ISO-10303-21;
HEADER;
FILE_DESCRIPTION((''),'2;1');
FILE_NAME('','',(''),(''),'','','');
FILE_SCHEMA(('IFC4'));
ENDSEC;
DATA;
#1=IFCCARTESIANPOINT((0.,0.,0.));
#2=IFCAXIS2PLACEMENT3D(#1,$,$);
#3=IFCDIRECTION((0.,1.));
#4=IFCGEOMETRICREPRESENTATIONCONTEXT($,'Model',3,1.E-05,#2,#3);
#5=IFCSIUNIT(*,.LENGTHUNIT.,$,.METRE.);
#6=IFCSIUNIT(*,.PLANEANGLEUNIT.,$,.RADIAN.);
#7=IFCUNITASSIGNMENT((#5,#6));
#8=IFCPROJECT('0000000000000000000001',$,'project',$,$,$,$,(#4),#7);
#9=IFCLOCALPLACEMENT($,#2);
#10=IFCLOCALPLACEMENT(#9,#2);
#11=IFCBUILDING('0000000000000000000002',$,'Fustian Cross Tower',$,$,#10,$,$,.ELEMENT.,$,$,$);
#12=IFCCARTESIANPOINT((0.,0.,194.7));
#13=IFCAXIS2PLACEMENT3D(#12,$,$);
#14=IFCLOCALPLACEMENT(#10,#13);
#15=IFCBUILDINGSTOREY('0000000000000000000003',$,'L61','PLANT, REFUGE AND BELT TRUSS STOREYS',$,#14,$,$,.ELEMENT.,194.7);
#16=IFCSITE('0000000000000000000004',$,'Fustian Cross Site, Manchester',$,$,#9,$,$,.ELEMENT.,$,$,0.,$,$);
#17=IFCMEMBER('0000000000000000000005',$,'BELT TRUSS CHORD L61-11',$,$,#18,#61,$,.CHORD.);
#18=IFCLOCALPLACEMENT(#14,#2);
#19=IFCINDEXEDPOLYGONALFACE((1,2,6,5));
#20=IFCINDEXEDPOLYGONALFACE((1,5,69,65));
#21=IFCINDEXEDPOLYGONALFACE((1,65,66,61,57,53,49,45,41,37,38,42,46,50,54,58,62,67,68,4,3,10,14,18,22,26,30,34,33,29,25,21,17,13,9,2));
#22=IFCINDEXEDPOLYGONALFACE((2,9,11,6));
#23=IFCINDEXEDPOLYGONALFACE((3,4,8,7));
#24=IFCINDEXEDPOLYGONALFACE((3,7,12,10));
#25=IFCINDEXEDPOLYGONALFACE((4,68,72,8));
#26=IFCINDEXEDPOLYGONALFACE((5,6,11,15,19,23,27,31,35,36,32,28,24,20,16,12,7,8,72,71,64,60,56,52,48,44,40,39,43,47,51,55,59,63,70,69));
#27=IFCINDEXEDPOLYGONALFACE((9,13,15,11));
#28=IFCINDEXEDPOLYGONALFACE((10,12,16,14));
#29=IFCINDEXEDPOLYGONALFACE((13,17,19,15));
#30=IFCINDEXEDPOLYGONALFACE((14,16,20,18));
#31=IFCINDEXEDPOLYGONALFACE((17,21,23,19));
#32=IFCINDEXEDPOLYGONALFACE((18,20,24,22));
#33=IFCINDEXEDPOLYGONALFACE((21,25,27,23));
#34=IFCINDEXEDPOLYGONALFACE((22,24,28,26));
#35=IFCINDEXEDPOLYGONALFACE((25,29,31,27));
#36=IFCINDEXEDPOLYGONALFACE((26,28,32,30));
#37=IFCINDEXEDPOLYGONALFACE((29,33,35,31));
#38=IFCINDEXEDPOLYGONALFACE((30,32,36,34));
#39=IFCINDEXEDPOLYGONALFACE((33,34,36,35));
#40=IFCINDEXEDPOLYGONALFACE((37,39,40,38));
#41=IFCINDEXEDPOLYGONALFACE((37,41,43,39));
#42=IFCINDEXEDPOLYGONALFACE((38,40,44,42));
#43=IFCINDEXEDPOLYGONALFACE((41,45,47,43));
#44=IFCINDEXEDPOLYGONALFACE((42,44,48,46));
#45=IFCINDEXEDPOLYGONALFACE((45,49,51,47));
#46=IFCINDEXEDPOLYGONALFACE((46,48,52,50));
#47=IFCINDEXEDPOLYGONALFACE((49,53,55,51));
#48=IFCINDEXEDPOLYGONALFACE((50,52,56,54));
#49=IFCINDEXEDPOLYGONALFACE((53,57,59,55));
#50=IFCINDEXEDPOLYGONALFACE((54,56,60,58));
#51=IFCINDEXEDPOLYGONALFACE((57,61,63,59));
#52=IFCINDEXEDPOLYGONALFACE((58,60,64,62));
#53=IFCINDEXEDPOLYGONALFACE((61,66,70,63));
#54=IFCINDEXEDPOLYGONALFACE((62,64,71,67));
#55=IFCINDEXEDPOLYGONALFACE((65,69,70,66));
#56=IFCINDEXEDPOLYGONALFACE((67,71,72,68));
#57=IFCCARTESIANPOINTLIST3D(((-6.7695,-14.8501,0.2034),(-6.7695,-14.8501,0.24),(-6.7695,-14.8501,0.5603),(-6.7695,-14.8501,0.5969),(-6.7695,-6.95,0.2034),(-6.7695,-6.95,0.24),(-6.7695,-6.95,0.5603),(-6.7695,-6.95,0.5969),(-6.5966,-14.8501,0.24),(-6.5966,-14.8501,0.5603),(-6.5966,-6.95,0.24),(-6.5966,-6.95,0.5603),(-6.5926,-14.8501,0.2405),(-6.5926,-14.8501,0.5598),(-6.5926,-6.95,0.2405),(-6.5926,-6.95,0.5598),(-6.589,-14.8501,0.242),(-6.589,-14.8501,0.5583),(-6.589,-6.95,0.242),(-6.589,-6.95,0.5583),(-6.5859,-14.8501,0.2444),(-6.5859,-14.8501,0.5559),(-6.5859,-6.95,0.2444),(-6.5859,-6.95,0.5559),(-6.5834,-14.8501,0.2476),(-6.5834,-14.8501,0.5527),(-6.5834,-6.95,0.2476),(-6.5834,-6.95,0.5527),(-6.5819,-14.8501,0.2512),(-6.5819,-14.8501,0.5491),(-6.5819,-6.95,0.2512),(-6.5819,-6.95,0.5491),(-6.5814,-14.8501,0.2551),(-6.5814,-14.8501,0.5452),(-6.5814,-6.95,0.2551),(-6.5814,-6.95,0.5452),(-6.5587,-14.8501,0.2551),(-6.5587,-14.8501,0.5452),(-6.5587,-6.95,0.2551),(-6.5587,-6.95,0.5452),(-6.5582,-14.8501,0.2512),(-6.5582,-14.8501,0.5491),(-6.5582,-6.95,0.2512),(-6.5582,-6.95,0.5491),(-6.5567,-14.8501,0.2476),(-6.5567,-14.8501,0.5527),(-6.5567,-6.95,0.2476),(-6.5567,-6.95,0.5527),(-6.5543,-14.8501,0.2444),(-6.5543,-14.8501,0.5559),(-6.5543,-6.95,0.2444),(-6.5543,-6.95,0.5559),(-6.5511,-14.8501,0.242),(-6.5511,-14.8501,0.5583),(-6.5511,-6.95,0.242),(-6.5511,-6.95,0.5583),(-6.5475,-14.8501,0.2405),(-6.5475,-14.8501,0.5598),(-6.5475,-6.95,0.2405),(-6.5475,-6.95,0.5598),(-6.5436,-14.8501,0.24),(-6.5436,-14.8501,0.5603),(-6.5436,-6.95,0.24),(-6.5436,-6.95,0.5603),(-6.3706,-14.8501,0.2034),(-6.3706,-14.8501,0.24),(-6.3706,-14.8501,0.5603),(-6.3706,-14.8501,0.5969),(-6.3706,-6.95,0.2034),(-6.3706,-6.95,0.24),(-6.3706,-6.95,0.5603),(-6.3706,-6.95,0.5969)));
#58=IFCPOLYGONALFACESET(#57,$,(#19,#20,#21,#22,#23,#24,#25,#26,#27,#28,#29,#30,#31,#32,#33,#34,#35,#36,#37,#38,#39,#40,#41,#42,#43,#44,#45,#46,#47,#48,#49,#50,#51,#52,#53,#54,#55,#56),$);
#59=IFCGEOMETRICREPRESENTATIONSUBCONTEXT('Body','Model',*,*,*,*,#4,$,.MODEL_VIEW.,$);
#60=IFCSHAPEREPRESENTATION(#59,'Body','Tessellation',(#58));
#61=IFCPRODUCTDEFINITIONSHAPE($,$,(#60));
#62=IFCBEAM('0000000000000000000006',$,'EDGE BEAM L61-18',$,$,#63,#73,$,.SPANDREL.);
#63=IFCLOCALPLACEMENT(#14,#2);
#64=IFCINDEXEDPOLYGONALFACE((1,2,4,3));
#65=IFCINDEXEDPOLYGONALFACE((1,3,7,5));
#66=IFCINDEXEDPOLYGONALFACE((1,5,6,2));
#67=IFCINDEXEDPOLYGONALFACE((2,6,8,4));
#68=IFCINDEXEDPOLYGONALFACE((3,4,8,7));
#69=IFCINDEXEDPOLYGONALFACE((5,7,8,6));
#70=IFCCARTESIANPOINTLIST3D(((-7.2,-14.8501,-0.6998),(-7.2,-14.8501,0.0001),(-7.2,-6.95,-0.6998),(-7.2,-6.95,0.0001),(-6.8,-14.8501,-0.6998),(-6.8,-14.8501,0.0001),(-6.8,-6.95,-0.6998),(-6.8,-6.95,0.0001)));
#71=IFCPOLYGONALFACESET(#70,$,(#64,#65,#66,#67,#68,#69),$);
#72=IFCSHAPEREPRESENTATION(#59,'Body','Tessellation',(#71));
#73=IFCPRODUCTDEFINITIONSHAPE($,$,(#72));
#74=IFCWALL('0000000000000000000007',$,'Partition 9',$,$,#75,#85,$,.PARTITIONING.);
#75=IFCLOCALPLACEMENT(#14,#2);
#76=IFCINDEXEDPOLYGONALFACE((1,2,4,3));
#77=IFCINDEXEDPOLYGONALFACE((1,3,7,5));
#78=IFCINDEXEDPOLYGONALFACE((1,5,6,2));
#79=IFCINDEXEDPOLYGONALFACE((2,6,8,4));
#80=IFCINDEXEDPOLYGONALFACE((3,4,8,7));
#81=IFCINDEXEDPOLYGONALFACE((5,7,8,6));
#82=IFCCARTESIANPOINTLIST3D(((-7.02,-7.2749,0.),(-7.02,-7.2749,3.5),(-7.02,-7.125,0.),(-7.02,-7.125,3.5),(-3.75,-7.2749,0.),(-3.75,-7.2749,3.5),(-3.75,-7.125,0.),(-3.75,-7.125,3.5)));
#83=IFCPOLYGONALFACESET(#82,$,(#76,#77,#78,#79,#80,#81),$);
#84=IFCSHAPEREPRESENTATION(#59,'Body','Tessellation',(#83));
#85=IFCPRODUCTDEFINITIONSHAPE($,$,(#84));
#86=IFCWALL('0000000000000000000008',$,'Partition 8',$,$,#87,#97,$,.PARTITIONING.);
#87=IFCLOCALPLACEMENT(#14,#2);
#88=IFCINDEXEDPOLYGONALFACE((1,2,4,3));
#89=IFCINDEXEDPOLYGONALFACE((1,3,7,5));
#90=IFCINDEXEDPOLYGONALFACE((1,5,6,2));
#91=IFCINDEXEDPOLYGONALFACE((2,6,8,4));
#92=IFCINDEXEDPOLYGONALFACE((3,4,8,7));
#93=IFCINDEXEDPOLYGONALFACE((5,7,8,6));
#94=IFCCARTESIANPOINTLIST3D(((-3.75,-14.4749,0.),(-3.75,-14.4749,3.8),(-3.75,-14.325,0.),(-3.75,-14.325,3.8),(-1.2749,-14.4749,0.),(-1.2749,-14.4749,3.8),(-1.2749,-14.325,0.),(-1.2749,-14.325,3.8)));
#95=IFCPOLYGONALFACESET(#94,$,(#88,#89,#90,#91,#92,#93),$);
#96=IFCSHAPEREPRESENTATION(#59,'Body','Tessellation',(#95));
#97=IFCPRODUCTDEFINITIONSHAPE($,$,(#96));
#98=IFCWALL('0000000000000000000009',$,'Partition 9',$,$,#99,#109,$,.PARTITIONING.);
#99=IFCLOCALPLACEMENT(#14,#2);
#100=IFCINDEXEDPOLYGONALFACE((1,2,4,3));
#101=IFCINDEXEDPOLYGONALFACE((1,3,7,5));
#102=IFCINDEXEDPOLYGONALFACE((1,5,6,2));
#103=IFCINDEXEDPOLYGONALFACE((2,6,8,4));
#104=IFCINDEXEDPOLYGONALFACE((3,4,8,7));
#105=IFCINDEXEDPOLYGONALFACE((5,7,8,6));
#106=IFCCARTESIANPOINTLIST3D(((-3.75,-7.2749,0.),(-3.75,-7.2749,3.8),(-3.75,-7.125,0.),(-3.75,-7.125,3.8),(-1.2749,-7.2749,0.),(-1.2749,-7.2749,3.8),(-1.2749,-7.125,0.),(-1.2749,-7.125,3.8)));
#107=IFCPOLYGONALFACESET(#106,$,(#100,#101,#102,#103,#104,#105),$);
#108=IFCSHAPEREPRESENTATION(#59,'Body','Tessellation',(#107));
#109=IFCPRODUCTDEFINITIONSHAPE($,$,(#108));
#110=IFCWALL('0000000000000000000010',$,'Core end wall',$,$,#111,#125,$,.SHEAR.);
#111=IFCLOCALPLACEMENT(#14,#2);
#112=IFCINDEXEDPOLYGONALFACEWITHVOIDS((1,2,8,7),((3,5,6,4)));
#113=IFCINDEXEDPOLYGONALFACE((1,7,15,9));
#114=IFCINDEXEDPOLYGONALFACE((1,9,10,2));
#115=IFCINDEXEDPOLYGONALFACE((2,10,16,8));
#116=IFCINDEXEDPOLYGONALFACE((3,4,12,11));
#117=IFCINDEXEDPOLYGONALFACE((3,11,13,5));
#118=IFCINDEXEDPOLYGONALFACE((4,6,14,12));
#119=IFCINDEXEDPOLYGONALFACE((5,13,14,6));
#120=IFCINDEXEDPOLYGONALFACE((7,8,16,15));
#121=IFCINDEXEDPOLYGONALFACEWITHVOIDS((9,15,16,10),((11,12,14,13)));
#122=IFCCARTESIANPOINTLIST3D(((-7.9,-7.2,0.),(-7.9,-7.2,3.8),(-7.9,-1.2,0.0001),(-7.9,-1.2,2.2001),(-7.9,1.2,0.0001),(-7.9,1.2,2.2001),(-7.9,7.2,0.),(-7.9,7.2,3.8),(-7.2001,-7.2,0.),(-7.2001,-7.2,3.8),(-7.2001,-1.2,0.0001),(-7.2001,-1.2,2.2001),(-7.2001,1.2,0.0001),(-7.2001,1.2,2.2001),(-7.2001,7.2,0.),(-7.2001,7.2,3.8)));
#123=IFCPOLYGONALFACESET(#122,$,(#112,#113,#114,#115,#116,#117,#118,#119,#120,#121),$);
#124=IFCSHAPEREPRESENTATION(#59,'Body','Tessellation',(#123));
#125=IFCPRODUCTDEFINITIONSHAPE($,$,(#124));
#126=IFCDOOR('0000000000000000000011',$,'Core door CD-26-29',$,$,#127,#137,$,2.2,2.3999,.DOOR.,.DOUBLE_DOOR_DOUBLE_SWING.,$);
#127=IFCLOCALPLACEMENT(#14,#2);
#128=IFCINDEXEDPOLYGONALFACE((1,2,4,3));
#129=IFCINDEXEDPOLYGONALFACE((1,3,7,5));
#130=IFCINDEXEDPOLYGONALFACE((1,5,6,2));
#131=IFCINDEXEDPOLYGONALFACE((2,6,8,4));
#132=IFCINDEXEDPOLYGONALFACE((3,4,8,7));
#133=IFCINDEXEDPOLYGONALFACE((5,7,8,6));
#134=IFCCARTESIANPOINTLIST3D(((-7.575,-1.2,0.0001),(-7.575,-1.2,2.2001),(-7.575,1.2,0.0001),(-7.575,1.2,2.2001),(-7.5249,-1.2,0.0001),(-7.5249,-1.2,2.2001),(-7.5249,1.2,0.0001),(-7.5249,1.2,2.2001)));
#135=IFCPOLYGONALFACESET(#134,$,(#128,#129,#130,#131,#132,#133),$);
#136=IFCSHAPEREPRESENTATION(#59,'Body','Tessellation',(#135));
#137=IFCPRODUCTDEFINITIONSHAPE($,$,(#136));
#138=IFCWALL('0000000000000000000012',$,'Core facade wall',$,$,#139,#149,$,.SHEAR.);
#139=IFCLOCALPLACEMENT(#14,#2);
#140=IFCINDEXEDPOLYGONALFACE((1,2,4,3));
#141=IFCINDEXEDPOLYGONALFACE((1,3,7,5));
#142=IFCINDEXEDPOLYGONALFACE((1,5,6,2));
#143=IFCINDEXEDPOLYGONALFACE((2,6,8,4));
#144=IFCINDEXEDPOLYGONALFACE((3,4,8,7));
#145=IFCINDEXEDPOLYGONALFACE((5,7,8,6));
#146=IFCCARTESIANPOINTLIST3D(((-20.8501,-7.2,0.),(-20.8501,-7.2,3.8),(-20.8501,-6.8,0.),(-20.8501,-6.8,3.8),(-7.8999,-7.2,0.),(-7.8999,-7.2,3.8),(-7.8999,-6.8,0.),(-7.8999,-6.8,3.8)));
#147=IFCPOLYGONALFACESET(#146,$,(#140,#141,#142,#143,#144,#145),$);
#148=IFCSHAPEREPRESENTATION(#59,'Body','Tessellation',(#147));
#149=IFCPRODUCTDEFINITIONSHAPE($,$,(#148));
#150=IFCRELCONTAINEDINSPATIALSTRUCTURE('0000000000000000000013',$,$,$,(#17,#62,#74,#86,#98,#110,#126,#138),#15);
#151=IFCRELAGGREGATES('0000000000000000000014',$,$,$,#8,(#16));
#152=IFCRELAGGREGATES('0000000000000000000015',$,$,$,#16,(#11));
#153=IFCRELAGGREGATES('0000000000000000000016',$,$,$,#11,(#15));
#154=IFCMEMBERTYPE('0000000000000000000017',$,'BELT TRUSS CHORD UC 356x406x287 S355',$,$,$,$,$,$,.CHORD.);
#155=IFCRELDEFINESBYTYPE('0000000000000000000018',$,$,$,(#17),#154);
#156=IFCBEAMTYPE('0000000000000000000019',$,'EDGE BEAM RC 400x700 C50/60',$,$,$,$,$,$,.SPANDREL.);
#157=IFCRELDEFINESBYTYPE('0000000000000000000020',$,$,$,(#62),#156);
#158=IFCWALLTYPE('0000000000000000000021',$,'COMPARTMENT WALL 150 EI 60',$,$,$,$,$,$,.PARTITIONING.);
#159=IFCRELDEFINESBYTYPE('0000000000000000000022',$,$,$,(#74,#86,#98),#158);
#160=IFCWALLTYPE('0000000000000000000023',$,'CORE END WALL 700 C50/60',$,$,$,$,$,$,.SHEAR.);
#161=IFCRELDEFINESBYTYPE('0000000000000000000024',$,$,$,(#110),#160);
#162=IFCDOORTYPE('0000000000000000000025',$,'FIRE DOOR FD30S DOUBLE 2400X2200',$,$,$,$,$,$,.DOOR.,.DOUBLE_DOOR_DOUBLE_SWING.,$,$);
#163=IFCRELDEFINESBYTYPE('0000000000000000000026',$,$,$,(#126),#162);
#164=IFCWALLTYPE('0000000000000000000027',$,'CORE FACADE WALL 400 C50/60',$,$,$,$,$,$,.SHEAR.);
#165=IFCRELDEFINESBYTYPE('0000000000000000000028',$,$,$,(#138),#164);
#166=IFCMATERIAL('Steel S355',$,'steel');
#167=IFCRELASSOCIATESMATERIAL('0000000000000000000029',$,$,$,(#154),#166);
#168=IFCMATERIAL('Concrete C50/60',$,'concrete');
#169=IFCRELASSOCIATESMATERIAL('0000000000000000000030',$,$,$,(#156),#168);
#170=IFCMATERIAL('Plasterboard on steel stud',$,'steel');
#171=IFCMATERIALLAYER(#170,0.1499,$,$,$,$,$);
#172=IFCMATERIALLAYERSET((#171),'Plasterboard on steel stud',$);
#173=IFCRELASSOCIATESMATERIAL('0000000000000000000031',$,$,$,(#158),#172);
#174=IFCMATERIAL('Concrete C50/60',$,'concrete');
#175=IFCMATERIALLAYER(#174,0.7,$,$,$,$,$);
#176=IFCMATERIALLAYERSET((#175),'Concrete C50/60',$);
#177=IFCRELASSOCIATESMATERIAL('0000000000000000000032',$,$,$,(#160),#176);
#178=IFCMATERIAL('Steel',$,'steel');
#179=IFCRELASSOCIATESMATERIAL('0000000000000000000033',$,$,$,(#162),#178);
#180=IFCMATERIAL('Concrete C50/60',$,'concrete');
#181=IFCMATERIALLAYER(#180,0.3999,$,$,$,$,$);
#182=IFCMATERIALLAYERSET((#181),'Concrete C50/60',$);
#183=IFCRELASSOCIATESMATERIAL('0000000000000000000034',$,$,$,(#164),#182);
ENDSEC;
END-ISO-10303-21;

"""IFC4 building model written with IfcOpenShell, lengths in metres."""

from ifc_helpers import new_model, si_unit, direction, frame, frame_2d, origin, origin_2d, place, context, subcontext, project, spatial, rectangle, i_section, extrude, material, layer, layer_set, material_profile, profile_set, type_object, element, fill, save


model = new_model("IFC4")

# Units and contexts
model_context = context("Model", 3, precision=1e-05, world=origin(), true_north=direction((0.0, 1.0)))
body_context = subcontext(model_context, "Body", "Model", "MODEL_VIEW")
ifc_project = project(units=[si_unit("LENGTHUNIT", "METRE"), si_unit("PLANEANGLEUNIT", "RADIAN")], contexts=[model_context])

# Site, building, storey
site_placement = place(None, origin())
site = spatial("IfcSite", under=ifc_project, at=site_placement, Name="Fustian Cross Site, Manchester", CompositionType="ELEMENT", RefElevation=0.0)
building_placement = place(site_placement, origin())
building = spatial("IfcBuilding", under=site, at=building_placement, Name="Fustian Cross Tower", CompositionType="ELEMENT")
storey_placement = place(building_placement, frame((0.0, 0.0, 194.7)))
storey = spatial("IfcBuildingStorey", under=building, at=storey_placement, Name="L61", Description="PLANT, REFUGE AND BELT TRUSS STOREYS", CompositionType="ELEMENT", Elevation=194.7)

# Member
ifc_material_1 = material(Name="Steel S355", Category="steel")
ifc_material_profile_1 = material_profile(ifc_material_1, i_section(OverallWidth=0.3989, OverallDepth=0.3936, WebThickness=0.0227, FlangeThickness=0.0366, FilletRadius=0.0151, at=origin_2d()), Name="UC 356x406x287")
ifc_profile_set_1 = profile_set([ifc_material_profile_1], Name="Steel S355")
member_type_1 = type_object("IfcMemberType", Name="BELT TRUSS CHORD UC 356x406x287 S355", PredefinedType="CHORD", material=ifc_profile_set_1)
for number, where, z_axis, x_axis, name in (
    (1, (-6.5701, -6.95, 0.4001), (0.0, -1.0, 0.0), (1.0, 0.0, 0.0), "BELT TRUSS CHORD L61-11"),
):
    element("IfcMember", number, at=place(storey_placement, frame(where, z_axis=z_axis, x_axis=x_axis)), inside=storey, type_object=member_type_1, Name=name, PredefinedType="CHORD", context=body_context, shape_type="SweptSolid", body=[
        extrude(i_section(OverallWidth=0.3989, OverallDepth=0.3936, WebThickness=0.0227, FlangeThickness=0.0366, FilletRadius=0.0151, at=origin_2d()), origin(), (0.0, 0.0, 1.0), 7.9001),
    ])

# Beam
ifc_material_2 = material(Name="Concrete C50/60", Category="concrete")
ifc_material_profile_2 = material_profile(ifc_material_2, rectangle(XDim=0.3999, YDim=0.7, at=origin_2d()), Name="RC 400x700")
ifc_profile_set_2 = profile_set([ifc_material_profile_2], Name="Concrete C50/60")
beam_type = type_object("IfcBeamType", Name="EDGE BEAM RC 400x700 C50/60", PredefinedType="SPANDREL", material=ifc_profile_set_2)
beam_placement = place(storey_placement, frame((-7.0, -6.95, -0.3499), z_axis=(0.0, -1.0, 0.0), x_axis=(1.0, 0.0, 0.0)))
element("IfcBeam", 2, at=beam_placement, inside=storey, type_object=beam_type, Name="EDGE BEAM L61-18", PredefinedType="SPANDREL", context=body_context, shape_type="SweptSolid", body=[
    extrude(rectangle(XDim=0.3999, YDim=0.7, at=origin_2d()), origin(), (0.0, 0.0, 1.0), 7.9001),
])

# Walls
ifc_material_3 = material(Name="Plasterboard on steel stud", Category="steel")
ifc_layer_1 = layer(ifc_material_3, 0.1499)
ifc_layer_set_1 = layer_set([ifc_layer_1], Name="Plasterboard on steel stud")
wall_type_1 = type_object("IfcWallType", Name="COMPARTMENT WALL 150 EI 60", PredefinedType="PARTITIONING", material=ifc_layer_set_1)
wall_1_placement = place(storey_placement, frame((-7.02, -7.2, 0.0), z_axis=(0.0, 0.0, 1.0), x_axis=(1.0, 0.0, 0.0)))
element("IfcWall", 3, at=wall_1_placement, inside=storey, type_object=wall_type_1, Name="Partition 9", PredefinedType="PARTITIONING", context=body_context, shape_type="SweptSolid", body=[
    extrude(rectangle(XDim=3.27, YDim=0.1499, at=frame_2d((1.635, 0.0))), origin(), (0.0, 0.0, 1.0), 3.5),
])
for number, where, z_axis, x_axis, name in (
    (4, (-3.75, -14.3999, 0.0), (0.0, 0.0, 1.0), (1.0, 0.0, 0.0), "Partition 8"),
    (5, (-3.75, -7.2, 0.0), (0.0, 0.0, 1.0), (1.0, 0.0, 0.0), "Partition 9"),
):
    element("IfcWall", number, at=place(storey_placement, frame(where, z_axis=z_axis, x_axis=x_axis)), inside=storey, type_object=wall_type_1, Name=name, PredefinedType="PARTITIONING", context=body_context, shape_type="SweptSolid", body=[
        extrude(rectangle(XDim=2.4751, YDim=0.1499, at=frame_2d((1.2375, 0.0))), origin(), (0.0, 0.0, 1.0), 3.8),
    ])

# Wall, opening, door
ifc_material_4 = material(Name="Concrete C50/60", Category="concrete")
ifc_layer_2 = layer(ifc_material_4, 0.7)
ifc_layer_set_2 = layer_set([ifc_layer_2], Name="Concrete C50/60")
wall_type_2 = type_object("IfcWallType", Name="CORE END WALL 700 C50/60", PredefinedType="SHEAR", material=ifc_layer_set_2)
wall_2_placement = place(storey_placement, frame((-7.55, -7.2, 0.0), z_axis=(0.0, 0.0, 1.0), x_axis=(0.0, 1.0, 0.0)))
wall_2 = element("IfcWall", 6, at=wall_2_placement, inside=storey, type_object=wall_type_2, Name="Core end wall", PredefinedType="SHEAR", context=body_context, shape_type="SweptSolid", body=[
    extrude(rectangle(XDim=14.3999, YDim=0.7, at=frame_2d((7.2, 0.0))), origin(), (0.0, 0.0, 1.0), 3.8),
])
opening_1_placement = place(wall_2_placement, frame((6.0, 0.0, 0.0)))
opening_1 = element("IfcOpeningElement", 7, at=opening_1_placement, cuts=wall_2, PredefinedType="OPENING", context=body_context, shape_type="SweptSolid", body=[
    extrude(rectangle(XDim=2.3999, YDim=2.2, at=frame_2d((1.2, 1.1001))), frame((0.0, 0.3599, 0.0), z_axis=(0.0, -1.0, 0.0), x_axis=(1.0, 0.0, 0.0)), (0.0, 0.0, 1.0), 0.72),
])
ifc_material_5 = material(Name="Steel", Category="steel")
door_type_1 = type_object("IfcDoorType", Name="FIRE DOOR FD30S DOUBLE 2400X2200", OperationType="DOUBLE_DOOR_DOUBLE_SWING", PredefinedType="DOOR", material=ifc_material_5)
door_1_placement = place(opening_1_placement, origin())
door_1 = element("IfcDoor", 8, at=door_1_placement, inside=storey, type_object=door_type_1, Name="Core door CD-26-29", OperationType="DOUBLE_DOOR_DOUBLE_SWING", OverallHeight=2.2, OverallWidth=2.3999, PredefinedType="DOOR", context=body_context, shape_type="SweptSolid", body=[
    extrude(rectangle(XDim=2.3999, YDim=2.2, at=frame_2d((1.2, 1.1001))), frame((0.0, 0.0249, 0.0), z_axis=(0.0, -1.0, 0.0), x_axis=(1.0, 0.0, 0.0)), (0.0, 0.0, 1.0), 0.05),
])
fill(opening_1, door_1)

# Wall
ifc_material_6 = material(Name="Concrete C50/60", Category="concrete")
ifc_layer_3 = layer(ifc_material_6, 0.3999)
ifc_layer_set_3 = layer_set([ifc_layer_3], Name="Concrete C50/60")
wall_type_3 = type_object("IfcWallType", Name="CORE FACADE WALL 400 C50/60", PredefinedType="SHEAR", material=ifc_layer_set_3)
wall_3_placement = place(storey_placement, frame((-7.8999, -7.0, 0.0), z_axis=(0.0, 0.0, 1.0), x_axis=(-1.0, 0.0, 0.0)))
element("IfcWall", 9, at=wall_3_placement, inside=storey, type_object=wall_type_3, Name="Core facade wall", PredefinedType="SHEAR", context=body_context, shape_type="SweptSolid", body=[
    extrude(rectangle(XDim=12.9502, YDim=0.3999, at=frame_2d((6.4751, 0.0))), origin(), (0.0, 0.0, 1.0), 3.8),
])

save(model, "model.ifc")
